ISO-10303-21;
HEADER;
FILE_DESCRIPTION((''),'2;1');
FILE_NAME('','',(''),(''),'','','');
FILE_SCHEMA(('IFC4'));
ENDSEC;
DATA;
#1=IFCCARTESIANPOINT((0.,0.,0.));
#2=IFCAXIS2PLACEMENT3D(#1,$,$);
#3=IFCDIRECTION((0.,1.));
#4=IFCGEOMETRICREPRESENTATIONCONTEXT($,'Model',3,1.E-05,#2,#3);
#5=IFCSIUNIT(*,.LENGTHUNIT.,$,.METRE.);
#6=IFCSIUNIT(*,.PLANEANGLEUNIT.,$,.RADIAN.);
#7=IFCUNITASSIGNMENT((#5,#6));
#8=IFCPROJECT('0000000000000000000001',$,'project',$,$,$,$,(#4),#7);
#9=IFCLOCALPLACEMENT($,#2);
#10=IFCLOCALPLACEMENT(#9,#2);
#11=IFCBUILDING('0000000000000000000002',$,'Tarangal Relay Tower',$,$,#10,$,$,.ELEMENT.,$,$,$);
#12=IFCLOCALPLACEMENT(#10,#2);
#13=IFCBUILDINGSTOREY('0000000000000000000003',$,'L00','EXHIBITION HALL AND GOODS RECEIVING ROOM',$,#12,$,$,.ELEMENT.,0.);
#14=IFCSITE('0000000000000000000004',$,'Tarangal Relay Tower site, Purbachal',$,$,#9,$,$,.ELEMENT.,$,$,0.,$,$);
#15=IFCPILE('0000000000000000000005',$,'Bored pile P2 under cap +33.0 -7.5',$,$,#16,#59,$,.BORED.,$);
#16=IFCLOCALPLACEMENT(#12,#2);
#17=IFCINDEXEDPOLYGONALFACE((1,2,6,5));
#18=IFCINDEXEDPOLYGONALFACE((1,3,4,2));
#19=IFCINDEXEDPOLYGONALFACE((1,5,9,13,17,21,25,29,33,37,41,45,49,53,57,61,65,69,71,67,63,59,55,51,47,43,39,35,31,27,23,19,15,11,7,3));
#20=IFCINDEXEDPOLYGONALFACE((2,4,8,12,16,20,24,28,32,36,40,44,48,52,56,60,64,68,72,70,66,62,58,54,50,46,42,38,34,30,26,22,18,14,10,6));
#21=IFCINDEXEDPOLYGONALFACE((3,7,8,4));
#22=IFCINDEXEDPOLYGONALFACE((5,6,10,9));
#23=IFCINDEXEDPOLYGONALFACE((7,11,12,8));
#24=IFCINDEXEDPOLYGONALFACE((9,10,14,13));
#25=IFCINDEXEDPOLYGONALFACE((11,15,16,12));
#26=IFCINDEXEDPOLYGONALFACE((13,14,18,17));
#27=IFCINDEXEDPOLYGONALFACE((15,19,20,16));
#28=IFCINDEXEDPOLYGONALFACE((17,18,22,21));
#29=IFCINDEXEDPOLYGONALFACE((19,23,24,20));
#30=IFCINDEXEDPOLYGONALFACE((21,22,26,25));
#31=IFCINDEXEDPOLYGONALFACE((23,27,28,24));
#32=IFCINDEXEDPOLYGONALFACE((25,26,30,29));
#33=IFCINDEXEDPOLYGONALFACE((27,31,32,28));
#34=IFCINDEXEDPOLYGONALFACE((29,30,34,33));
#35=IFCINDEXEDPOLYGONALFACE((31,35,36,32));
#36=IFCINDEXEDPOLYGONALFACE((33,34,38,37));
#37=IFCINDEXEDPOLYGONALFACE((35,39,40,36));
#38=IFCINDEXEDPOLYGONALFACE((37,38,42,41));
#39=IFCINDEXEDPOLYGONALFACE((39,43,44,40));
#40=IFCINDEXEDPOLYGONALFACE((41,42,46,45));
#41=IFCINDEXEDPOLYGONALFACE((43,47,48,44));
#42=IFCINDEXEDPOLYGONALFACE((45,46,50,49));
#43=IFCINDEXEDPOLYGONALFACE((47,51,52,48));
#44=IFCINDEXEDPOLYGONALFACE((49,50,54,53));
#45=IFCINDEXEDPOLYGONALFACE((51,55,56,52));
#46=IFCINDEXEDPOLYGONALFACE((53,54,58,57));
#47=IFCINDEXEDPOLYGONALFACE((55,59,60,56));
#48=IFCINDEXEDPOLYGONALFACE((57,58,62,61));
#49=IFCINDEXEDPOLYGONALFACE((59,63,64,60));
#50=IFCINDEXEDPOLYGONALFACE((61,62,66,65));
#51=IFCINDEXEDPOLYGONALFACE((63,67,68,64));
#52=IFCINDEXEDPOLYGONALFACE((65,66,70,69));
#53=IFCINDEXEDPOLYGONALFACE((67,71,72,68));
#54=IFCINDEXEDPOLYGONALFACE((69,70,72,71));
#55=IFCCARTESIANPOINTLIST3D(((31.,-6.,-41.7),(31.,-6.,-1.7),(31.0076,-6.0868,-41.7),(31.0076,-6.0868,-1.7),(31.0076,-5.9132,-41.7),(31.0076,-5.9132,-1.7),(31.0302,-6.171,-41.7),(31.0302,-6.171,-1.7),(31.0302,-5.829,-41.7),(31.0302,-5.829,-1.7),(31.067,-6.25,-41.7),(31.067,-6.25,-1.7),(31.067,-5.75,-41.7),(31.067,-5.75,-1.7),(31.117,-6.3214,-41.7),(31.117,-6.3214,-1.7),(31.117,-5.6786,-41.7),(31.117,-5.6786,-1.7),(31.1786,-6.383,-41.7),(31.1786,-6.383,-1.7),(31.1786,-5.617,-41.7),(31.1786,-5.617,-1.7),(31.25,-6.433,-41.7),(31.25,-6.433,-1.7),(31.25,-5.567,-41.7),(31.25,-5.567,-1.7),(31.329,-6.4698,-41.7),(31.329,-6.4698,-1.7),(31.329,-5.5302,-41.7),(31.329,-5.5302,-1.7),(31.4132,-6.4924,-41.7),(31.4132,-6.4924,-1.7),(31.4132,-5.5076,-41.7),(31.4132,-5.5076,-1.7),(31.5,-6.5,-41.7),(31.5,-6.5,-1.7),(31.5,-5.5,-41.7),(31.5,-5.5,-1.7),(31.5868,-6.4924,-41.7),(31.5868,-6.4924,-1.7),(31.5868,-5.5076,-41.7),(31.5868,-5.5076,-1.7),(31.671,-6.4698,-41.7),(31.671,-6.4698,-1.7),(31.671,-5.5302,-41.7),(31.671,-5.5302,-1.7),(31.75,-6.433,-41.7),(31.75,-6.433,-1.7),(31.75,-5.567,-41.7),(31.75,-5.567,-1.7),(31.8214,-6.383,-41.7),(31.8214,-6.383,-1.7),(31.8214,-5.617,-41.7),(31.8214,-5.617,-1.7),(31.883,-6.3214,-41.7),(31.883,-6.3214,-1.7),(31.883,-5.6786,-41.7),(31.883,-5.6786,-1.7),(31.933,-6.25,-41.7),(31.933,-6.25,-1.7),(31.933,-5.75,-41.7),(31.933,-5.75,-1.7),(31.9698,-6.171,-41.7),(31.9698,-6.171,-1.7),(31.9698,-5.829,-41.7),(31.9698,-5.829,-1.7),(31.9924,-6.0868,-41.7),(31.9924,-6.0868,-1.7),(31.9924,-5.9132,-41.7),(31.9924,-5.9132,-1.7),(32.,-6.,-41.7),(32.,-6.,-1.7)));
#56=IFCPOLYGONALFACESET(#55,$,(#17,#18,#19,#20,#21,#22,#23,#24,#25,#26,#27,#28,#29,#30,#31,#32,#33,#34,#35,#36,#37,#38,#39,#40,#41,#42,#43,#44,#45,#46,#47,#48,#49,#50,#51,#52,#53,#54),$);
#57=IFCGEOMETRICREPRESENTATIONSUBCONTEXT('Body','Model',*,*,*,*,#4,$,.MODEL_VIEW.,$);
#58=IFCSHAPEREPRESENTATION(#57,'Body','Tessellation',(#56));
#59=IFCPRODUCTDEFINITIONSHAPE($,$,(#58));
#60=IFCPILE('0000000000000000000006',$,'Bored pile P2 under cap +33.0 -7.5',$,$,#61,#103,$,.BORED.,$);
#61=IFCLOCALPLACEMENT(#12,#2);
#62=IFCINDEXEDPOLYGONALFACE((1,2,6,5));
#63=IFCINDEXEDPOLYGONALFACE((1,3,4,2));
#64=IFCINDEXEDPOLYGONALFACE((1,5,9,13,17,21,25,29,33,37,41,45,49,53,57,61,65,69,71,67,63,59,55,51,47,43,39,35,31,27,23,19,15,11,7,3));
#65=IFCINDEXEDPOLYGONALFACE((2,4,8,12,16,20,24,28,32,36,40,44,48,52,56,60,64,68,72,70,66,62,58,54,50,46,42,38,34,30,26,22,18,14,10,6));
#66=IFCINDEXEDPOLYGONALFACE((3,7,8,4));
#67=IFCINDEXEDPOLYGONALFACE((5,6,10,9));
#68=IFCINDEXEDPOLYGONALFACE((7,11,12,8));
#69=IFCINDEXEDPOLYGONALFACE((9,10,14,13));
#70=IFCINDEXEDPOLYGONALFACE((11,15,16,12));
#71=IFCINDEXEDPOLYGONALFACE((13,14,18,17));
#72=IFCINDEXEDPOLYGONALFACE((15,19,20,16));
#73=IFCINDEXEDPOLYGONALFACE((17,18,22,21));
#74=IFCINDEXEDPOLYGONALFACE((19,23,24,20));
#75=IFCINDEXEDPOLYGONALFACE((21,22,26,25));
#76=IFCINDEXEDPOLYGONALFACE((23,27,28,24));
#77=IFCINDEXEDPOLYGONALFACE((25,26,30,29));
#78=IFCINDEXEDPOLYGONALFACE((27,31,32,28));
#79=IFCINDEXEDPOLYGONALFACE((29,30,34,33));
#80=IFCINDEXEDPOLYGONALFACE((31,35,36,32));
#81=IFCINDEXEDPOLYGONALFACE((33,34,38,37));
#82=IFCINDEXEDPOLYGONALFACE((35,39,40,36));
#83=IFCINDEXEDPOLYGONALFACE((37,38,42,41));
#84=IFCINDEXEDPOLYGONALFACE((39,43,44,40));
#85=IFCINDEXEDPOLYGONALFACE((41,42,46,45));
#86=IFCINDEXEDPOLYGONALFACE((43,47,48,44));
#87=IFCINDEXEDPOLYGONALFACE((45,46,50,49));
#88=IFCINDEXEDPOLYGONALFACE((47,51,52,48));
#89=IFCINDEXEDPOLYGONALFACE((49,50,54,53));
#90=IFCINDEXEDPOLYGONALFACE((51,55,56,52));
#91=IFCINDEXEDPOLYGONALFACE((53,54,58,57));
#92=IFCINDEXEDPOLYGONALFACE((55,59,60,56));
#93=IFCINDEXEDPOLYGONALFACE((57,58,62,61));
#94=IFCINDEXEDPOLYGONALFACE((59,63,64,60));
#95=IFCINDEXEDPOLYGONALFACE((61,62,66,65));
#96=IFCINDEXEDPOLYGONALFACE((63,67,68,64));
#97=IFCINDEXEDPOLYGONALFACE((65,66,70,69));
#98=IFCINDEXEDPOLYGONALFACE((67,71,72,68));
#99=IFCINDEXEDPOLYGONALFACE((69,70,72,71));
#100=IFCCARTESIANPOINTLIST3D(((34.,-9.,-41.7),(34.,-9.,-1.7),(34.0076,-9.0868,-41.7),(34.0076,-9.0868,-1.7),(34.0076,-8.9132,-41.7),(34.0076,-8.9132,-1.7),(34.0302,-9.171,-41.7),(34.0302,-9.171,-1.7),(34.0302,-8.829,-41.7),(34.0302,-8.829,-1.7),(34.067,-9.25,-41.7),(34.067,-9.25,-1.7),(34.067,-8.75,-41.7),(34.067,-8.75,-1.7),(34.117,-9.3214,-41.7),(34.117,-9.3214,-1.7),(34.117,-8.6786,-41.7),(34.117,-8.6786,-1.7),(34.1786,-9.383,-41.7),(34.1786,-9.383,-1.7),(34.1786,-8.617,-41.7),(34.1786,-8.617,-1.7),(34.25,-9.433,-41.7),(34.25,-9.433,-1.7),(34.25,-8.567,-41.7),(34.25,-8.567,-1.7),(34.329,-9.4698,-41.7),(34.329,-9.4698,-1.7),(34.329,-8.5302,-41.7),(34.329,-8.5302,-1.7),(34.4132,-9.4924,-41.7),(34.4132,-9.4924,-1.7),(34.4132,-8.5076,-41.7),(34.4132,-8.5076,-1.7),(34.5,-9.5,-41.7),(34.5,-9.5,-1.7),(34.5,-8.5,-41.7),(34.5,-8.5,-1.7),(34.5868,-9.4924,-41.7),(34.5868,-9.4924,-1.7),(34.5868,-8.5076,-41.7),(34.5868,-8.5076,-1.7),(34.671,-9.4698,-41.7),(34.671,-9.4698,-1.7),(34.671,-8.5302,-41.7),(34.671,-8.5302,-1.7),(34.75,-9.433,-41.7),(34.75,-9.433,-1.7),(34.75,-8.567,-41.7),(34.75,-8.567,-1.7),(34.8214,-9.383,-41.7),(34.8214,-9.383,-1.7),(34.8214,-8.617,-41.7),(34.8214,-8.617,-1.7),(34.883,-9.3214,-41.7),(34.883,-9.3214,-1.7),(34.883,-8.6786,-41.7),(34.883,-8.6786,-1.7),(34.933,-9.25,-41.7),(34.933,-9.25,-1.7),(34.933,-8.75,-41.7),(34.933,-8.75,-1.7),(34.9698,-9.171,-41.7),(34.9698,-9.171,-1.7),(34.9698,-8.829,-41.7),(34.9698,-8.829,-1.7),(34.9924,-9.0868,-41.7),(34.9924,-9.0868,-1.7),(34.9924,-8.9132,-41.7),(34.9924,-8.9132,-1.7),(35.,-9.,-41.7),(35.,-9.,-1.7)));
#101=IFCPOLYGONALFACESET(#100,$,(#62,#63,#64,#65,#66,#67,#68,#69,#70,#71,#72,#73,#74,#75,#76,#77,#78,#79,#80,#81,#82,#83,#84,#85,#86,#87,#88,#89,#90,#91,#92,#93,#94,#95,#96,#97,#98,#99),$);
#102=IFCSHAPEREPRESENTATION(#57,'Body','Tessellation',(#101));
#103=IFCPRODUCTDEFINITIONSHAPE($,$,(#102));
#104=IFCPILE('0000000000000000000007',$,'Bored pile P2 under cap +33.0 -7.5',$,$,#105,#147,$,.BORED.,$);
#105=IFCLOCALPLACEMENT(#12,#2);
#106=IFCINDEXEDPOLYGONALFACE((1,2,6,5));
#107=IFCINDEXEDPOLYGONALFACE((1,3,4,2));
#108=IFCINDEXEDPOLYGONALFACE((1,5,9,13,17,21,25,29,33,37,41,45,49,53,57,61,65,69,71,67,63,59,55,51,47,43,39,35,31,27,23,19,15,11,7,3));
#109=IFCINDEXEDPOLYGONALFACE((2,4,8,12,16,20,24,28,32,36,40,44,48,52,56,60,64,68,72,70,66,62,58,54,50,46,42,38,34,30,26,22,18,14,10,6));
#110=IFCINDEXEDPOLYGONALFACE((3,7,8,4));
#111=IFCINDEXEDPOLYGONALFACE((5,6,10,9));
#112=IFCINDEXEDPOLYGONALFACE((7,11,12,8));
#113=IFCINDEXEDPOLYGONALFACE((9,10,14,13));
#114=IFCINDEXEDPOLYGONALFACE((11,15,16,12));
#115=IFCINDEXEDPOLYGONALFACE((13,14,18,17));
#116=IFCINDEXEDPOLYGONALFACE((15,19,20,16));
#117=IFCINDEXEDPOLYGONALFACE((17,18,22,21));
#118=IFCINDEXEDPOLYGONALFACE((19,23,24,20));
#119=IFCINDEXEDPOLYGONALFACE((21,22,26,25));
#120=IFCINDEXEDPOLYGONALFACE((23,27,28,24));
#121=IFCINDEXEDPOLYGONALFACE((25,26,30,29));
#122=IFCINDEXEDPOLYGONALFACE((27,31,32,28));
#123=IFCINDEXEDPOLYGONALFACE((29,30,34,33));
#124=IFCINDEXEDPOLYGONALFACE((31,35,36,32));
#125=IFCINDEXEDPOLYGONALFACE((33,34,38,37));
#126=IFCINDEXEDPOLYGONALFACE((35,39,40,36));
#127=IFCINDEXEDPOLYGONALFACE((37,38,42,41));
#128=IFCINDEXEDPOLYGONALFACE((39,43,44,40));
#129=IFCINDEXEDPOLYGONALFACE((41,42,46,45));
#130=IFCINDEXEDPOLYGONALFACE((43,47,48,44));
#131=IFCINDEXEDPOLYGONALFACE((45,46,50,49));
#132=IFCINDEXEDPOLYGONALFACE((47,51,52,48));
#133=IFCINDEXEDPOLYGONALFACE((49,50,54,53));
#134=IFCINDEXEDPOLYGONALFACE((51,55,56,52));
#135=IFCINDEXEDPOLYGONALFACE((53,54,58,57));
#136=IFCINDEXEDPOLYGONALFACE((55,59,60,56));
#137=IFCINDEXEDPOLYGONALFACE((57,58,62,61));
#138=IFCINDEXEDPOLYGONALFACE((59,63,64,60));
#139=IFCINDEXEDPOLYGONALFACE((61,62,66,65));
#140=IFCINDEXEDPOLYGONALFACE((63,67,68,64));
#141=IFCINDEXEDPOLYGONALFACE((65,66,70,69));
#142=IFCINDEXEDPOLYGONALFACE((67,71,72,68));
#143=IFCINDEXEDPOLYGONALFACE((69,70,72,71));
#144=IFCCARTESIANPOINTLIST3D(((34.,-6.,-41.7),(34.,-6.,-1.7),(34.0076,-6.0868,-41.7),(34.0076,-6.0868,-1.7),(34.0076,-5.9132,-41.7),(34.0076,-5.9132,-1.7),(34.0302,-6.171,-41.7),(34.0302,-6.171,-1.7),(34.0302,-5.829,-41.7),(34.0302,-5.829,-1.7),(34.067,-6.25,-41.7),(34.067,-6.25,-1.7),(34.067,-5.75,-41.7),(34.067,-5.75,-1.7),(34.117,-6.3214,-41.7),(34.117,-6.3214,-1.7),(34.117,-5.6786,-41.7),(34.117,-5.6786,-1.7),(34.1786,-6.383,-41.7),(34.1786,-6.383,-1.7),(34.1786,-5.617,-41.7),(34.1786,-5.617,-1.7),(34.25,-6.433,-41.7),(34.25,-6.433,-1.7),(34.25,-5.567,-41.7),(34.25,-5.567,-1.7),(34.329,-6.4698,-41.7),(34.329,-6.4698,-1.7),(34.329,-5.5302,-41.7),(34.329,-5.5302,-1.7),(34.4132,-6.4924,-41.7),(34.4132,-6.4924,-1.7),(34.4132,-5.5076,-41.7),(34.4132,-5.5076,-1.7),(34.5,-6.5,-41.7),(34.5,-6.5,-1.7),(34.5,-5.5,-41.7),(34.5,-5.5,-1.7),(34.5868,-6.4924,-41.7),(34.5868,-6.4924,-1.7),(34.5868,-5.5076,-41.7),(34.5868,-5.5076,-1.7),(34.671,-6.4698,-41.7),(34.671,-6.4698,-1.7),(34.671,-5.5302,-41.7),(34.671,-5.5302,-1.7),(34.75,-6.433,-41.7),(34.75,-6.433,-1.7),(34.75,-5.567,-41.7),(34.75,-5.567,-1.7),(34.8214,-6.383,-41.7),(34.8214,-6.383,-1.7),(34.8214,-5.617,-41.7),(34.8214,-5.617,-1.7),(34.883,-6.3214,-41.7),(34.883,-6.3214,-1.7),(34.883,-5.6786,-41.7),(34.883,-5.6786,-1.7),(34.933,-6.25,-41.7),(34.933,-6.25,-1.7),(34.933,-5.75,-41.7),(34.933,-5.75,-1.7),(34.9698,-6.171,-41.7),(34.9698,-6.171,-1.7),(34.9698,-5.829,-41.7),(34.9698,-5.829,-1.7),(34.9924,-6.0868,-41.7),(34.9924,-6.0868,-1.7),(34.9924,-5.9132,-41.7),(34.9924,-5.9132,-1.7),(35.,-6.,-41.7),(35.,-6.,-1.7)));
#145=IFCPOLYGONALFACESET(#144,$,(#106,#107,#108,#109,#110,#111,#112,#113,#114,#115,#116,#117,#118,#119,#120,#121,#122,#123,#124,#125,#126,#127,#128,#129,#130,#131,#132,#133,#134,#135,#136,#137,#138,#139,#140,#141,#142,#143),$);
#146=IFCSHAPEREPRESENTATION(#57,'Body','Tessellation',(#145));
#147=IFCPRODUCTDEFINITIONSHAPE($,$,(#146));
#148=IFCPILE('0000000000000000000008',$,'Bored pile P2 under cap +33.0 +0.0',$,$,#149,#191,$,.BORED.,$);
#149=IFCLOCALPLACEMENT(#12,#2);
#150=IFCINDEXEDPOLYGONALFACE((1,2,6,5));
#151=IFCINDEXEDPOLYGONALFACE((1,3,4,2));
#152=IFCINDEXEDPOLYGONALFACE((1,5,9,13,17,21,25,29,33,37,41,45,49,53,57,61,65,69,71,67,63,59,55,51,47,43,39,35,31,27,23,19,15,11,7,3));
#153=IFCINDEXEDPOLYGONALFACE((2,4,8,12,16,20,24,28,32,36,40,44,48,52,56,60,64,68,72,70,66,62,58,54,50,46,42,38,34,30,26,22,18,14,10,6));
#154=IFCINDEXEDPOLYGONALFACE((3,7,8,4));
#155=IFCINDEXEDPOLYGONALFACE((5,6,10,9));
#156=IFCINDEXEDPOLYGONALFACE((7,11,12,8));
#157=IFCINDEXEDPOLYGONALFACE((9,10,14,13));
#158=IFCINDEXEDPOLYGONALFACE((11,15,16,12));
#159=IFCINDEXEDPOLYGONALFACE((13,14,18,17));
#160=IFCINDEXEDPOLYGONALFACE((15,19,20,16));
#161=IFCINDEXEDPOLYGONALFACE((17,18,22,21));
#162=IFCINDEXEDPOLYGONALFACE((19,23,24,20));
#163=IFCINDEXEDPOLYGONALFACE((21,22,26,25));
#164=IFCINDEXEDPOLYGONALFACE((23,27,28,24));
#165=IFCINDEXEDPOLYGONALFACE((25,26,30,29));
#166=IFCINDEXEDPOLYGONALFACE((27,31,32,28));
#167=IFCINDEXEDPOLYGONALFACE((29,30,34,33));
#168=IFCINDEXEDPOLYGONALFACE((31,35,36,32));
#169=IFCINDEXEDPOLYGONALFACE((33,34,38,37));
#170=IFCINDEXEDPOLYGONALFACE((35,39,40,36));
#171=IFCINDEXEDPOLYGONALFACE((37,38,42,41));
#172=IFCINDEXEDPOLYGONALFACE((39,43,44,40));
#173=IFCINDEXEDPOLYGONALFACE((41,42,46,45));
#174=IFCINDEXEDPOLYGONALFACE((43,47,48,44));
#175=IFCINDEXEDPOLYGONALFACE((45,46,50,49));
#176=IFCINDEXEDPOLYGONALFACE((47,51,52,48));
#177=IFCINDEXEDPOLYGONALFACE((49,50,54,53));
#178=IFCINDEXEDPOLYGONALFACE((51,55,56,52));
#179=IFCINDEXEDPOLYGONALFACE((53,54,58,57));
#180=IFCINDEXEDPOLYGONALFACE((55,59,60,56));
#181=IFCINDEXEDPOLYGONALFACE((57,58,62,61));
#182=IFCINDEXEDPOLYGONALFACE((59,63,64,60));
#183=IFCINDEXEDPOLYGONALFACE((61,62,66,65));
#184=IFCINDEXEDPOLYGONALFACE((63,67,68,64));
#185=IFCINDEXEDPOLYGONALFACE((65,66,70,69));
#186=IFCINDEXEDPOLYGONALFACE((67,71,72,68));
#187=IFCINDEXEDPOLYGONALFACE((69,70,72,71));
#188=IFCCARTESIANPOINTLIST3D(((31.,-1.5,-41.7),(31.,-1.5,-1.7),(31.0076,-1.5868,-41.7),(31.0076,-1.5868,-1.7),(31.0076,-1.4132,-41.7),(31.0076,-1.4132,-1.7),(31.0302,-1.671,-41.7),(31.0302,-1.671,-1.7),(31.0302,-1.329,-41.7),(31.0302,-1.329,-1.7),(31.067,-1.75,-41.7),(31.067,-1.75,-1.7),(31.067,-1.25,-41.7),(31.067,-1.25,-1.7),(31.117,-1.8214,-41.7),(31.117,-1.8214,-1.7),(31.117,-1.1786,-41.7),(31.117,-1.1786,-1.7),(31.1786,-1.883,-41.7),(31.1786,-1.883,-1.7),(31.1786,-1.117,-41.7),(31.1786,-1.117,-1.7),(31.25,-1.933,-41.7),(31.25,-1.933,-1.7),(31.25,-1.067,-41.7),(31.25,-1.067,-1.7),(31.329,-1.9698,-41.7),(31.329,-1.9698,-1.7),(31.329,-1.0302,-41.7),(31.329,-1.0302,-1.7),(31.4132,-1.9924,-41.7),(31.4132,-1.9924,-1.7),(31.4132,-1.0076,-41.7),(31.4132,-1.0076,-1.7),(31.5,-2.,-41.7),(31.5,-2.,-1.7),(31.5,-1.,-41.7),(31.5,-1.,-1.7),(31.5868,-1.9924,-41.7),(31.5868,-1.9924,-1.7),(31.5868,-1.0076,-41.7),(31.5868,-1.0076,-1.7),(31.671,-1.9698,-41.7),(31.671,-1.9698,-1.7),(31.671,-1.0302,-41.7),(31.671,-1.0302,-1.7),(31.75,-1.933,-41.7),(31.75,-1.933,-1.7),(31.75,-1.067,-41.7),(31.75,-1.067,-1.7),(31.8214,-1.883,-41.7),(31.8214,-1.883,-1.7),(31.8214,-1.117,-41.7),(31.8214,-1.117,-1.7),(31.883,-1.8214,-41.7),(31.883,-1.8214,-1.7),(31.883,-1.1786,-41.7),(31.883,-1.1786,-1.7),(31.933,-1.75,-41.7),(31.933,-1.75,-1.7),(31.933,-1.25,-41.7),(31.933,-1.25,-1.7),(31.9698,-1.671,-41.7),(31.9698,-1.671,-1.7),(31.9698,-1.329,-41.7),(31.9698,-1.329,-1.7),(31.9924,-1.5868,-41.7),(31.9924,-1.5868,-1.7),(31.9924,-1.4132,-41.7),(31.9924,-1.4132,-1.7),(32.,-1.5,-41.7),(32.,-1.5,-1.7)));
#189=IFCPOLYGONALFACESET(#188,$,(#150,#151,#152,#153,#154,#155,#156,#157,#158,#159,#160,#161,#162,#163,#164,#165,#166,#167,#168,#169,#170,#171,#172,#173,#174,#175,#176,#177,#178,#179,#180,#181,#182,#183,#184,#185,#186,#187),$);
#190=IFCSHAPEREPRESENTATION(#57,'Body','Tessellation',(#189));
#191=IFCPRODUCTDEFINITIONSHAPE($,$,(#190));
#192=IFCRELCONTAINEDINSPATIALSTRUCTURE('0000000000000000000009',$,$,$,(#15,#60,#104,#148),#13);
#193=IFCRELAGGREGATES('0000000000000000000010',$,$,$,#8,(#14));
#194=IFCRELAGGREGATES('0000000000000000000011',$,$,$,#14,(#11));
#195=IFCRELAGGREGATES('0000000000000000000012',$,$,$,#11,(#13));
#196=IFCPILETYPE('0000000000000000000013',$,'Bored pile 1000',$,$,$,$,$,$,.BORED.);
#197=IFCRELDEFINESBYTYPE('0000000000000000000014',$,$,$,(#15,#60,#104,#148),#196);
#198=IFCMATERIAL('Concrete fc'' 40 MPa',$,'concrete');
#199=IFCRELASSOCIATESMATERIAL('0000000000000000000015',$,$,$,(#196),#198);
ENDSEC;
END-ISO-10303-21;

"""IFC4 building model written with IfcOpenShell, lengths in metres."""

from ifc_helpers import new_model, si_unit, direction, frame, origin, origin_2d, place, context, subcontext, project, spatial, circle, extrude, material, material_profile, profile_set, type_object, element, save


model = new_model("IFC4")

# Units and contexts
model_context = context("Model", 3, precision=1e-05, world=origin(), true_north=direction((0.0, 1.0)))
body_context = subcontext(model_context, "Body", "Model", "MODEL_VIEW")
ifc_project = project(units=[si_unit("LENGTHUNIT", "METRE"), si_unit("PLANEANGLEUNIT", "RADIAN")], contexts=[model_context])

# Site, building, storey
site_placement = place(None, origin())
site = spatial("IfcSite", under=ifc_project, at=site_placement, Name="Tarangal Relay Tower site, Purbachal", CompositionType="ELEMENT", RefElevation=0.0)
building_placement = place(site_placement, origin())
building = spatial("IfcBuilding", under=site, at=building_placement, Name="Tarangal Relay Tower", CompositionType="ELEMENT")
storey_placement = place(building_placement, origin())
storey = spatial("IfcBuildingStorey", under=building, at=storey_placement, Name="L00", Description="EXHIBITION HALL AND GOODS RECEIVING ROOM", CompositionType="ELEMENT", Elevation=0.0)

# Piles
ifc_material_1 = material(Name="Concrete fc' 40 MPa", Category="concrete")
ifc_material_profile_1 = material_profile(ifc_material_1, circle(Radius=0.5, at=origin_2d()), Name="D1000")
ifc_profile_set_1 = profile_set([ifc_material_profile_1], Name="Concrete fc' 40 MPa")
pile_type_1 = type_object("IfcPileType", Name="Bored pile 1000", PredefinedType="BORED", material=ifc_profile_set_1)
for number, where, z_axis, x_axis, name in (
    (1, (31.5, -6.0, -1.7), (0.0, 0.0, -1.0), (1.0, 0.0, 0.0), "Bored pile P2 under cap +33.0 -7.5"),
    (2, (34.5, -9.0, -1.7), (0.0, 0.0, -1.0), (1.0, 0.0, 0.0), "Bored pile P2 under cap +33.0 -7.5"),
    (3, (34.5, -6.0, -1.7), (0.0, 0.0, -1.0), (1.0, 0.0, 0.0), "Bored pile P2 under cap +33.0 -7.5"),
    (4, (31.5, -1.5, -1.7), (0.0, 0.0, -1.0), (1.0, 0.0, 0.0), "Bored pile P2 under cap +33.0 +0.0"),
):
    element("IfcPile", number, at=place(storey_placement, frame(where, z_axis=z_axis, x_axis=x_axis)), inside=storey, type_object=pile_type_1, Name=name, PredefinedType="BORED", context=body_context, shape_type="SweptSolid", body=[
        extrude(circle(Radius=0.5, at=origin_2d()), origin(), (0.0, 0.0, 1.0), 40.0),
    ])

save(model, "model.ifc")
